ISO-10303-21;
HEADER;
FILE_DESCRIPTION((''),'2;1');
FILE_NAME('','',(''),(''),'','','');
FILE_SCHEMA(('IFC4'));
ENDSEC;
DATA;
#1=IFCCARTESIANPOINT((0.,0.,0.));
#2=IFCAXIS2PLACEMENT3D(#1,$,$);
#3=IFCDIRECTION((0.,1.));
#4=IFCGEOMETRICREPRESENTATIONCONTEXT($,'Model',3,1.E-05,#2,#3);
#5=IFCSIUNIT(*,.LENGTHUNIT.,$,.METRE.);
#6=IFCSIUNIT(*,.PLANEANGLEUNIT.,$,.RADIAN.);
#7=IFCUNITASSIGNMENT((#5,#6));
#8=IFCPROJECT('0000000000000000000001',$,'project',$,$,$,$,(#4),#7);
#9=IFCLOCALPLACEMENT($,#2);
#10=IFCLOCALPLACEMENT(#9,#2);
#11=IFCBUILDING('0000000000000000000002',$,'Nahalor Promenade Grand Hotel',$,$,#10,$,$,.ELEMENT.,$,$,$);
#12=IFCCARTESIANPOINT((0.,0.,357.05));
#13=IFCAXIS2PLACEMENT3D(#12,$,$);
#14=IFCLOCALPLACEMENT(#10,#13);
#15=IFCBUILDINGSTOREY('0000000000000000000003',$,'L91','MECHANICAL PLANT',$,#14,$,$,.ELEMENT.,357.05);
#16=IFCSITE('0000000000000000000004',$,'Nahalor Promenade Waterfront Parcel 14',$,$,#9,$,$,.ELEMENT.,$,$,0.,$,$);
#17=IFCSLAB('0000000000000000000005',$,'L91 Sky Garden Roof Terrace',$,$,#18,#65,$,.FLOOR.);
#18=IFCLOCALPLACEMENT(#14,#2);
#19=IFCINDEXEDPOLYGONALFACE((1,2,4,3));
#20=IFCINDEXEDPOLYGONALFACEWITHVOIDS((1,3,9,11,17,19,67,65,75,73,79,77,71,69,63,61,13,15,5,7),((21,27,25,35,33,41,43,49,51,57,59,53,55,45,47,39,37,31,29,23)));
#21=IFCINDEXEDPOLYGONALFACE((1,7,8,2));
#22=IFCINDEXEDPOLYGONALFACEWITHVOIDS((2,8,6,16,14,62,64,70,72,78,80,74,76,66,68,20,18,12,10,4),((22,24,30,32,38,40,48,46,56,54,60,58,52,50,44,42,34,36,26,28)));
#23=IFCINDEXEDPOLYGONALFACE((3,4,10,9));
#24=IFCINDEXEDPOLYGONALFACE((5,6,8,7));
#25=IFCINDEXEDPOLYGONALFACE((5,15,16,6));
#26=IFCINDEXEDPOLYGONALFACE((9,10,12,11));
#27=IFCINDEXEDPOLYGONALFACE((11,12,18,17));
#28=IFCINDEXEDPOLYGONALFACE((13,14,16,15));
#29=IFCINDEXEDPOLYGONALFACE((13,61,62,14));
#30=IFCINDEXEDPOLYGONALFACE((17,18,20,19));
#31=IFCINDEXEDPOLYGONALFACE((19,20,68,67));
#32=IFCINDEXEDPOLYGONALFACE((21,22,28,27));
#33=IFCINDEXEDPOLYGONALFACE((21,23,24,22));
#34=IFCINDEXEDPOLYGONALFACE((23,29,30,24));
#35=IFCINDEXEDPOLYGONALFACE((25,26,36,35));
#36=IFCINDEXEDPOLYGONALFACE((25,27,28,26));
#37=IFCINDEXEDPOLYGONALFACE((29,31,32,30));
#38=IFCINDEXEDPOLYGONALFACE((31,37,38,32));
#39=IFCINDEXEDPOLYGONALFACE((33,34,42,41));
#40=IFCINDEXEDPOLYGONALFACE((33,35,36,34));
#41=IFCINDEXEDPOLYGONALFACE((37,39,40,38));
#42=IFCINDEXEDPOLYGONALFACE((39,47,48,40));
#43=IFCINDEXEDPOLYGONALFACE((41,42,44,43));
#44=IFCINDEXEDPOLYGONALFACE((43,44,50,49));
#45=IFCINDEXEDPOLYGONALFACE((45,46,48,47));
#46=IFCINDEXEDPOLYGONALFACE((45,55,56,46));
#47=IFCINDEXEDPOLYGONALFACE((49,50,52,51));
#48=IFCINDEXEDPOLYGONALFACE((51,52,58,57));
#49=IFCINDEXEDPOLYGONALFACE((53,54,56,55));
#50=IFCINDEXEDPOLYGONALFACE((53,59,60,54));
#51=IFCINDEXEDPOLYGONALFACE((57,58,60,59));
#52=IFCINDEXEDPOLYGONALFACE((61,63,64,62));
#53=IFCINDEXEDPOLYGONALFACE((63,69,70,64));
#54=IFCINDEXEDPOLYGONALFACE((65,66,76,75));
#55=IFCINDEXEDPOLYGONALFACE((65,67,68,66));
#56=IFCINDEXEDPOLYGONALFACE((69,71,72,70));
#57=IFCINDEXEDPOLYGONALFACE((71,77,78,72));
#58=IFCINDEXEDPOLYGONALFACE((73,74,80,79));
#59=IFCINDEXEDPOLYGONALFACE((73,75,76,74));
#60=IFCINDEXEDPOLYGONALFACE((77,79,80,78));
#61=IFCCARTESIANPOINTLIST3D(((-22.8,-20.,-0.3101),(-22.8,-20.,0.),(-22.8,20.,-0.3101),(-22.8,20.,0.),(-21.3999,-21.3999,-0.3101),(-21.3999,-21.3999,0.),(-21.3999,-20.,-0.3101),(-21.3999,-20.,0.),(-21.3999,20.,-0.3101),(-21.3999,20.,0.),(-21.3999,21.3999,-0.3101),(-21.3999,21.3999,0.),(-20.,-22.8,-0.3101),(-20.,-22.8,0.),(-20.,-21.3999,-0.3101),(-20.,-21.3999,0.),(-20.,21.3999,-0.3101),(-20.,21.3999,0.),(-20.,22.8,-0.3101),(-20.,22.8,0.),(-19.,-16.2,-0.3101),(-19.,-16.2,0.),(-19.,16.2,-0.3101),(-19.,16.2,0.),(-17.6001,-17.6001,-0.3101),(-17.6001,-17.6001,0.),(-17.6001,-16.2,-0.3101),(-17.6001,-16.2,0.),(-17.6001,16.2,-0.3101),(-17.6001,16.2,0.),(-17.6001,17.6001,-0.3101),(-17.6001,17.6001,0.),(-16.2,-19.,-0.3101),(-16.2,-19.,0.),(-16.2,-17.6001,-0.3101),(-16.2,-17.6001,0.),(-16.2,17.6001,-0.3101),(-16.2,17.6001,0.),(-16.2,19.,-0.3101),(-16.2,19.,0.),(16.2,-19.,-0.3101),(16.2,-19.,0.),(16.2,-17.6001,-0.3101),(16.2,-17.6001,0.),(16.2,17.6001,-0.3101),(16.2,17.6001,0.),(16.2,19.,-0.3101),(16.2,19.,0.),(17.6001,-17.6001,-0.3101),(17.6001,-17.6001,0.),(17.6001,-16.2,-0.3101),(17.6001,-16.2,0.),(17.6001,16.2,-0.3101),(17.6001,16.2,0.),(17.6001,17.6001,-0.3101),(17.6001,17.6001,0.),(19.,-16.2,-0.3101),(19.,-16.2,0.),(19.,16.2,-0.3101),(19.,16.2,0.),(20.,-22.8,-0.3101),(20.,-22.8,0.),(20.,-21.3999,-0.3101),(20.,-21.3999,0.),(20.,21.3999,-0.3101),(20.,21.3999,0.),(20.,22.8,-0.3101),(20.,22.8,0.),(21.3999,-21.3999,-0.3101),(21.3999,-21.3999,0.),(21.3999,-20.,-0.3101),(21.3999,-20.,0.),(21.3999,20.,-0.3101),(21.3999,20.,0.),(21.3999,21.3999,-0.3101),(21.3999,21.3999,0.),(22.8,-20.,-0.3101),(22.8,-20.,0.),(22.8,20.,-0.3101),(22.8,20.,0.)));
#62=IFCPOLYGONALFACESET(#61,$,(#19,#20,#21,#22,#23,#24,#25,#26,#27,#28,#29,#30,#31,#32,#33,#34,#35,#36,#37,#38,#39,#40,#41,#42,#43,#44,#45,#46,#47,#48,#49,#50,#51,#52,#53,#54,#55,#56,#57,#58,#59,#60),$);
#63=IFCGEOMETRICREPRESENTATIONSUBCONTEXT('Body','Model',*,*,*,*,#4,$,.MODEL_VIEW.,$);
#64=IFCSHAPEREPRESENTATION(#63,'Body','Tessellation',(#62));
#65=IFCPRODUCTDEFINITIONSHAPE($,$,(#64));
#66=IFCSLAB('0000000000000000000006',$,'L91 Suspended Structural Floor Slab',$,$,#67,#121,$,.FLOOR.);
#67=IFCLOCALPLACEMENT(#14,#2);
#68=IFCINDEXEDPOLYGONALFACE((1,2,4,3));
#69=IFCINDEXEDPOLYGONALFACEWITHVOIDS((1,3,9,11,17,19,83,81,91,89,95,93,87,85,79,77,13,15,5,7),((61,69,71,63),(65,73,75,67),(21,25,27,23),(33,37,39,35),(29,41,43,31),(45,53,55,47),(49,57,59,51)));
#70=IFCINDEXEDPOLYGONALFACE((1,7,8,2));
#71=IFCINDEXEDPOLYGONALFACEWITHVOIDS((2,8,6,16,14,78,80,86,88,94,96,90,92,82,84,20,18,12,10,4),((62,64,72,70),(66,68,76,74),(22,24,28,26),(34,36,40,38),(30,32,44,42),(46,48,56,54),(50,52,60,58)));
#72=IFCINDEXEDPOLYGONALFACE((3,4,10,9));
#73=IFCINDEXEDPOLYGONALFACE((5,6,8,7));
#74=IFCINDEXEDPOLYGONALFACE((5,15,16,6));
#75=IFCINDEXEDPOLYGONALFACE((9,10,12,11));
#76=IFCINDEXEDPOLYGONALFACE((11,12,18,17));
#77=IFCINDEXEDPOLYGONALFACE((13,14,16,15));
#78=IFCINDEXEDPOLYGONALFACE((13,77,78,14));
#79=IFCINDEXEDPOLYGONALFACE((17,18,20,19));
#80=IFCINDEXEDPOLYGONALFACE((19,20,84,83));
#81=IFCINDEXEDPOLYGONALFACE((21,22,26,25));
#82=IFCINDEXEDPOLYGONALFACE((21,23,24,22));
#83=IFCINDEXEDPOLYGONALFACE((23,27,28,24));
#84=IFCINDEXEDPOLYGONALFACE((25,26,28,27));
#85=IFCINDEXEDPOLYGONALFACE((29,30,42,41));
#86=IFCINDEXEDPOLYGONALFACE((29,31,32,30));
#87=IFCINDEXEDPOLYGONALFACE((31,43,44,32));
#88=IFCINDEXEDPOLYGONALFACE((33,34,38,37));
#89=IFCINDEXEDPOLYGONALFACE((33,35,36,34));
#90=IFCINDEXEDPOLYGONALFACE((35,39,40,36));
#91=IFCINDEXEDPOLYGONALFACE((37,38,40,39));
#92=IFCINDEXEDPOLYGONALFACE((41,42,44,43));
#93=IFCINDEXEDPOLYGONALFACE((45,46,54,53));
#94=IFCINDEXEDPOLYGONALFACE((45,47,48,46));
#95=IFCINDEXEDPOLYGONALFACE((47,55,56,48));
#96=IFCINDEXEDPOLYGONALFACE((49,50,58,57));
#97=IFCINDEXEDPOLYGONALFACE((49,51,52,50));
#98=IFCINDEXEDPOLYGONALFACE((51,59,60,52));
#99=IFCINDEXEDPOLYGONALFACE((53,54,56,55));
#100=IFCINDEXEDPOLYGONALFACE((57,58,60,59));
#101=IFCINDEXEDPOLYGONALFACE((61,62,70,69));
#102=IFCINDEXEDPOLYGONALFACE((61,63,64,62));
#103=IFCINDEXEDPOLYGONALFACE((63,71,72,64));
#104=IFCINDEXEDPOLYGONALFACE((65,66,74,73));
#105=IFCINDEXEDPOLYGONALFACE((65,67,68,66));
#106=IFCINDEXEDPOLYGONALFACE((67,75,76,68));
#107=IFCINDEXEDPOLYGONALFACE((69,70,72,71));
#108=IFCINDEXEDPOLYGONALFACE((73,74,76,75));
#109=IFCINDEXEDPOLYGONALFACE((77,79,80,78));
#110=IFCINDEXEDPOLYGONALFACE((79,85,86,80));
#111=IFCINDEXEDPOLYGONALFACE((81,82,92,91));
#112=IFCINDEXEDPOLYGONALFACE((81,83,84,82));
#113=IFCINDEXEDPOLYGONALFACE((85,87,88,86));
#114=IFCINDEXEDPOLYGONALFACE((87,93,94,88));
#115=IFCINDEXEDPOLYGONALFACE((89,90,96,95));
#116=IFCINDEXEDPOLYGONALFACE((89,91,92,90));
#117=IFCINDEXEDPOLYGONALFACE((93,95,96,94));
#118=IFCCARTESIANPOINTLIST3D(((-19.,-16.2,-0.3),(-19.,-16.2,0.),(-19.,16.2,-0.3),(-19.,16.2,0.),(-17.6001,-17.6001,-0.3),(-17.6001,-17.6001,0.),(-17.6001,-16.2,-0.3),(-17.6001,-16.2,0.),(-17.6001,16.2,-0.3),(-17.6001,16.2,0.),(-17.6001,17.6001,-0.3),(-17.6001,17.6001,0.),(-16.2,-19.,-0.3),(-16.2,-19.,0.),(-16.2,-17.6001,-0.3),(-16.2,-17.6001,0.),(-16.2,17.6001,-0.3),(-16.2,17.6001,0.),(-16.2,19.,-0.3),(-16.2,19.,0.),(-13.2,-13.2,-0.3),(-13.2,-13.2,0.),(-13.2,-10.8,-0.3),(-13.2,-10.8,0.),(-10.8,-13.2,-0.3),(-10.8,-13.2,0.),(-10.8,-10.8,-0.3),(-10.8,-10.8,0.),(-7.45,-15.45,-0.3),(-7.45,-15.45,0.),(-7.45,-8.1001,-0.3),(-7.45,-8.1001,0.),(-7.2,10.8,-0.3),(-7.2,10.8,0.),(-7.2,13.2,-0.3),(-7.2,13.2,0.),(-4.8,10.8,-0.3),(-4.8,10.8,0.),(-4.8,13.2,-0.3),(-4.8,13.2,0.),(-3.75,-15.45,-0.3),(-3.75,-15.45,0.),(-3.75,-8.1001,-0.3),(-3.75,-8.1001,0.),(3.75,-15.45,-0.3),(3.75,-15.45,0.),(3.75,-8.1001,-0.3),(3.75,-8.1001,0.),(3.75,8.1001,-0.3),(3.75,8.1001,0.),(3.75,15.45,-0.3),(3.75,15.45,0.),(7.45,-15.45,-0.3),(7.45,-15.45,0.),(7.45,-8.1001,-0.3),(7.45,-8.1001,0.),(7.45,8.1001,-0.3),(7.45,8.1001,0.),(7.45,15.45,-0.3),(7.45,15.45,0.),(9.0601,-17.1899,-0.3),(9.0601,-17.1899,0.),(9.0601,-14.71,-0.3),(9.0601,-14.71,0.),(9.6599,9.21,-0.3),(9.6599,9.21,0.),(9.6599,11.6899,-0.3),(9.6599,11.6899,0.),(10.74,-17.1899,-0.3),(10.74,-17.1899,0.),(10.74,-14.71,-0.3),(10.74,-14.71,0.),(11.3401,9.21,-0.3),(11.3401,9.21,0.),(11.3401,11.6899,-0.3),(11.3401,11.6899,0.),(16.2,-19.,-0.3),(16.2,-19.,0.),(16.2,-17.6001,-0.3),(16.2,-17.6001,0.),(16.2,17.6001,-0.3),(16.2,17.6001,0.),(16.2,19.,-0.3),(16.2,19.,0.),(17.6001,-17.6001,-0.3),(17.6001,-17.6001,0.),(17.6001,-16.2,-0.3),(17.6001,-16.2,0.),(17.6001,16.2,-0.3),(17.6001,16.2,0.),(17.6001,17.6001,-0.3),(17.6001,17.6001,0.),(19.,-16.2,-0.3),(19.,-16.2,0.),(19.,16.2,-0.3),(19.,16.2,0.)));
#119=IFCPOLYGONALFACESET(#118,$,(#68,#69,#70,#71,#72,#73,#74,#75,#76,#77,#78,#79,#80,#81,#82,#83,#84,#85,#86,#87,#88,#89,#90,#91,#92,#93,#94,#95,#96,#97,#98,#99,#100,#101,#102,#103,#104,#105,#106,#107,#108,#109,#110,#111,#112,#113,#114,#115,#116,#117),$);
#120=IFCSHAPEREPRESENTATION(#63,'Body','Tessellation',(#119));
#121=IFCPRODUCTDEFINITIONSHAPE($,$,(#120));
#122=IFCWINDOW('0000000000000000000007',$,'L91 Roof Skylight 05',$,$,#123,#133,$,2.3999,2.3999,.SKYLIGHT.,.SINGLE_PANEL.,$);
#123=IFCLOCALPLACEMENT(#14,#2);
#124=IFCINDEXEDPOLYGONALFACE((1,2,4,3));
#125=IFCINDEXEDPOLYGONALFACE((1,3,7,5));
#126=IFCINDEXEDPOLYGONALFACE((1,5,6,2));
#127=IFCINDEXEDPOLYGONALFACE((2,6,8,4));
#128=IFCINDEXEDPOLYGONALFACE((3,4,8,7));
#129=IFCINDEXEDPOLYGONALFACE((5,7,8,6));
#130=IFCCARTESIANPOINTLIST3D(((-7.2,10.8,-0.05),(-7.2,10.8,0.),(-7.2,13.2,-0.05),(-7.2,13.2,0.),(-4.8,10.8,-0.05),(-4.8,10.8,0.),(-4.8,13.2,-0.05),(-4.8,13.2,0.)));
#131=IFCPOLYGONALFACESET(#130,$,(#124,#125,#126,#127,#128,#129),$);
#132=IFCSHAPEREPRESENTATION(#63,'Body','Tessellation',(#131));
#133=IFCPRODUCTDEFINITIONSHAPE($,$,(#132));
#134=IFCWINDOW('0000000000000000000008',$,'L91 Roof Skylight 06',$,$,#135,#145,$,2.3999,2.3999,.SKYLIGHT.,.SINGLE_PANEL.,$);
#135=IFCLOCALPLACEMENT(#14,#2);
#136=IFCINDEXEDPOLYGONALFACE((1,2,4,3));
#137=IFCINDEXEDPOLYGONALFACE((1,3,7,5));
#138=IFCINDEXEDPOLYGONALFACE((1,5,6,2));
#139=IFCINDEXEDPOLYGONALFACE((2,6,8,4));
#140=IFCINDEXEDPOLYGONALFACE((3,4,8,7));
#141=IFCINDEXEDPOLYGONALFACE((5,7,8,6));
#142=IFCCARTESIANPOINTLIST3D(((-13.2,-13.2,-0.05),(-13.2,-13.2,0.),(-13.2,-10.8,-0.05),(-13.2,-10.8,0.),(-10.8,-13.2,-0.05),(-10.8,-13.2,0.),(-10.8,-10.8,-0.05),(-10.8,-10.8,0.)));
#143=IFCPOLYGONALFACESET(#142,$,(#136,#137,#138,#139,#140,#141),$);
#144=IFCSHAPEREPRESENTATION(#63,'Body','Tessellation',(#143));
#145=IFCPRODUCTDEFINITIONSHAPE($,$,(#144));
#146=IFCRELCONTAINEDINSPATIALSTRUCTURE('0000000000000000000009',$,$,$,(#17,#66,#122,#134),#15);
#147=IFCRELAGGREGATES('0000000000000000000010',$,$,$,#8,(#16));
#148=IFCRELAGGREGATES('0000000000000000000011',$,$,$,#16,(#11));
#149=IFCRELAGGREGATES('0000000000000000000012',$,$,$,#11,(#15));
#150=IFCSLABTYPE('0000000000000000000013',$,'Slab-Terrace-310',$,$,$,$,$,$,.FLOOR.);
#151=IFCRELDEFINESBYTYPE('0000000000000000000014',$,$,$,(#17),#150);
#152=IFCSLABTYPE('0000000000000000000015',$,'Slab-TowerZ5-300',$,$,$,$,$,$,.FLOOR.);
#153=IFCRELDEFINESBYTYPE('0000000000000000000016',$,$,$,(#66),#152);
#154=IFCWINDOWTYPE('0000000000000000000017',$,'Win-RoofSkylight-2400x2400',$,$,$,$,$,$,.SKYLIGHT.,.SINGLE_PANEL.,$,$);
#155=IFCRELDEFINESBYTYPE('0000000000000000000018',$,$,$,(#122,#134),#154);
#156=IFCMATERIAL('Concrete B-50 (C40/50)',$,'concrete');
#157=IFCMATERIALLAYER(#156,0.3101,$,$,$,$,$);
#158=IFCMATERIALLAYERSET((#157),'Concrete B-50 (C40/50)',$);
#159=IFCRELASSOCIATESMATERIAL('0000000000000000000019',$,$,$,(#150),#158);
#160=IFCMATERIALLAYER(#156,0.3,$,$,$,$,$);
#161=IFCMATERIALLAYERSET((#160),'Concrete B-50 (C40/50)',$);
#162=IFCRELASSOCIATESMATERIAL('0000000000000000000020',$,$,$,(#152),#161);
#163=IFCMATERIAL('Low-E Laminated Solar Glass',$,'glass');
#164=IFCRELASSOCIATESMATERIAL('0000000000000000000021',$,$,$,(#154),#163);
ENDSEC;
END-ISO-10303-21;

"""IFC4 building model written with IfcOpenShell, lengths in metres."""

from ifc_helpers import new_model, si_unit, direction, frame, origin, origin_2d, place, context, subcontext, project, spatial, polyline, rectangle, outline, extrude, material, layer, layer_set, type_object, element, fill, save


model = new_model("IFC4")

# Units and contexts
model_context = context("Model", 3, precision=1e-05, world=origin(), true_north=direction((0.0, 1.0)))
body_context = subcontext(model_context, "Body", "Model", "MODEL_VIEW")
ifc_project = project(units=[si_unit("LENGTHUNIT", "METRE"), si_unit("PLANEANGLEUNIT", "RADIAN")], contexts=[model_context])

# Site, building, storey
site_placement = place(None, origin())
site = spatial("IfcSite", under=ifc_project, at=site_placement, Name="Nahalor Promenade Waterfront Parcel 14", CompositionType="ELEMENT", RefElevation=0.0)
building_placement = place(site_placement, origin())
building = spatial("IfcBuilding", under=site, at=building_placement, Name="Nahalor Promenade Grand Hotel", CompositionType="ELEMENT")
storey_placement = place(building_placement, frame((0.0, 0.0, 357.05)))
storey = spatial("IfcBuildingStorey", under=building, at=storey_placement, Name="L91", Description="MECHANICAL PLANT", CompositionType="ELEMENT", Elevation=357.05)

# Shared definitions
ifc_material_1 = material(Name="Concrete B-50 (C40/50)", Category="concrete")

# Slab
ifc_layer_1 = layer(ifc_material_1, 0.3101)
ifc_layer_set_1 = layer_set([ifc_layer_1], Name="Concrete B-50 (C40/50)")
slab_type_1 = type_object("IfcSlabType", Name="Slab-Terrace-310", PredefinedType="FLOOR", material=ifc_layer_set_1)
slab_1_placement = place(storey_placement, frame((0.0, 0.0, -0.3101)))
element("IfcSlab", 1, at=slab_1_placement, inside=storey, type_object=slab_type_1, Name="L91 Sky Garden Roof Terrace", PredefinedType="FLOOR", context=body_context, shape_type="SweptSolid", body=[
    extrude(outline(polyline([(-20.0, -22.8), (20.0, -22.8), (20.0, -21.3999), (21.3999, -21.3999), (21.3999, -20.0), (22.8, -20.0), (22.8, 20.0), (21.3999, 20.0), (21.3999, 21.3999), (20.0, 21.3999), (20.0, 22.8), (-20.0, 22.8), (-20.0, 21.3999), (-21.3999, 21.3999), (-21.3999, 20.0), (-22.8, 20.0), (-22.8, -20.0), (-21.3999, -20.0), (-21.3999, -21.3999), (-20.0, -21.3999), (-20.0, -22.8)]), holes=[polyline([(-16.2, -19.0), (16.2, -19.0), (16.2, -17.6001), (17.6001, -17.6001), (17.6001, -16.2), (19.0, -16.2), (19.0, 16.2), (17.6001, 16.2), (17.6001, 17.6001), (16.2, 17.6001), (16.2, 19.0), (-16.2, 19.0), (-16.2, 17.6001), (-17.6001, 17.6001), (-17.6001, 16.2), (-19.0, 16.2), (-19.0, -16.2), (-17.6001, -16.2), (-17.6001, -17.6001), (-16.2, -17.6001), (-16.2, -19.0)])]), origin(), (0.0, 0.0, 1.0), 0.3101),
])

# Slab, openings, windows
ifc_layer_2 = layer(ifc_material_1, 0.3)
ifc_layer_set_2 = layer_set([ifc_layer_2], Name="Concrete B-50 (C40/50)")
slab_type_2 = type_object("IfcSlabType", Name="Slab-TowerZ5-300", PredefinedType="FLOOR", material=ifc_layer_set_2)
slab_2_placement = place(storey_placement, frame((0.0, 0.0, -0.3)))
slab_2 = element("IfcSlab", 2, at=slab_2_placement, inside=storey, type_object=slab_type_2, Name="L91 Suspended Structural Floor Slab", PredefinedType="FLOOR", context=body_context, shape_type="SweptSolid", body=[
    extrude(outline(polyline([(-16.2, -19.0), (16.2, -19.0), (16.2, -17.6001), (17.6001, -17.6001), (17.6001, -16.2), (19.0, -16.2), (19.0, 16.2), (17.6001, 16.2), (17.6001, 17.6001), (16.2, 17.6001), (16.2, 19.0), (-16.2, 19.0), (-16.2, 17.6001), (-17.6001, 17.6001), (-17.6001, 16.2), (-19.0, 16.2), (-19.0, -16.2), (-17.6001, -16.2), (-17.6001, -17.6001), (-16.2, -17.6001), (-16.2, -19.0)]), holes=[polyline([(3.75, 8.1001), (7.45, 8.1001), (7.45, 15.45), (3.75, 15.45), (3.75, 8.1001)]), polyline([(3.75, -15.45), (7.45, -15.45), (7.45, -8.1001), (3.75, -8.1001), (3.75, -15.45)]), polyline([(-7.45, -15.45), (-3.75, -15.45), (-3.75, -8.1001), (-7.45, -8.1001), (-7.45, -15.45)]), polyline([(9.6599, 9.21), (11.3401, 9.21), (11.3401, 11.6899), (9.6599, 11.6899), (9.6599, 9.21)]), polyline([(9.0601, -17.1899), (10.74, -17.1899), (10.74, -14.71), (9.0601, -14.71), (9.0601, -17.1899)])]), origin(), (0.0, 0.0, 1.0), 0.3),
])
opening_1_placement = place(slab_2_placement, frame((-6.0, 12.0, 0.0)))
opening_1 = element("IfcOpeningElement", 3, at=opening_1_placement, cuts=slab_2, PredefinedType="OPENING", context=body_context, shape_type="SweptSolid", body=[
    extrude(rectangle(XDim=2.3999, YDim=2.3999, at=origin_2d()), frame((0.0, 0.0, -0.01)), (0.0, 0.0, 1.0), 0.3201),
])
opening_2_placement = place(slab_2_placement, frame((-12.0, -12.0, 0.0)))
opening_2 = element("IfcOpeningElement", 4, at=opening_2_placement, cuts=slab_2, PredefinedType="OPENING", context=body_context, shape_type="SweptSolid", body=[
    extrude(rectangle(XDim=2.3999, YDim=2.3999, at=origin_2d()), frame((0.0, 0.0, -0.01)), (0.0, 0.0, 1.0), 0.3201),
])
ifc_material_2 = material(Name="Low-E Laminated Solar Glass", Category="glass")
window_type = type_object("IfcWindowType", Name="Win-RoofSkylight-2400x2400", PartitioningType="SINGLE_PANEL", PredefinedType="SKYLIGHT", material=ifc_material_2)
window_1_placement = place(opening_1_placement, frame((0.0, 0.0, 0.25)))
window_1 = element("IfcWindow", 5, at=window_1_placement, inside=storey, type_object=window_type, Name="L91 Roof Skylight 05", OverallHeight=2.3999, OverallWidth=2.3999, PartitioningType="SINGLE_PANEL", PredefinedType="SKYLIGHT", context=body_context, shape_type="SweptSolid", body=[
    extrude(rectangle(XDim=2.3999, YDim=2.3999, at=origin_2d()), origin(), (0.0, 0.0, 1.0), 0.05),
])
fill(opening_1, window_1)
window_2_placement = place(opening_2_placement, frame((0.0, 0.0, 0.25)))
window_2 = element("IfcWindow", 6, at=window_2_placement, inside=storey, type_object=window_type, Name="L91 Roof Skylight 06", OverallHeight=2.3999, OverallWidth=2.3999, PartitioningType="SINGLE_PANEL", PredefinedType="SKYLIGHT", context=body_context, shape_type="SweptSolid", body=[
    extrude(rectangle(XDim=2.3999, YDim=2.3999, at=origin_2d()), origin(), (0.0, 0.0, 1.0), 0.05),
])
fill(opening_2, window_2)

save(model, "model.ifc")
